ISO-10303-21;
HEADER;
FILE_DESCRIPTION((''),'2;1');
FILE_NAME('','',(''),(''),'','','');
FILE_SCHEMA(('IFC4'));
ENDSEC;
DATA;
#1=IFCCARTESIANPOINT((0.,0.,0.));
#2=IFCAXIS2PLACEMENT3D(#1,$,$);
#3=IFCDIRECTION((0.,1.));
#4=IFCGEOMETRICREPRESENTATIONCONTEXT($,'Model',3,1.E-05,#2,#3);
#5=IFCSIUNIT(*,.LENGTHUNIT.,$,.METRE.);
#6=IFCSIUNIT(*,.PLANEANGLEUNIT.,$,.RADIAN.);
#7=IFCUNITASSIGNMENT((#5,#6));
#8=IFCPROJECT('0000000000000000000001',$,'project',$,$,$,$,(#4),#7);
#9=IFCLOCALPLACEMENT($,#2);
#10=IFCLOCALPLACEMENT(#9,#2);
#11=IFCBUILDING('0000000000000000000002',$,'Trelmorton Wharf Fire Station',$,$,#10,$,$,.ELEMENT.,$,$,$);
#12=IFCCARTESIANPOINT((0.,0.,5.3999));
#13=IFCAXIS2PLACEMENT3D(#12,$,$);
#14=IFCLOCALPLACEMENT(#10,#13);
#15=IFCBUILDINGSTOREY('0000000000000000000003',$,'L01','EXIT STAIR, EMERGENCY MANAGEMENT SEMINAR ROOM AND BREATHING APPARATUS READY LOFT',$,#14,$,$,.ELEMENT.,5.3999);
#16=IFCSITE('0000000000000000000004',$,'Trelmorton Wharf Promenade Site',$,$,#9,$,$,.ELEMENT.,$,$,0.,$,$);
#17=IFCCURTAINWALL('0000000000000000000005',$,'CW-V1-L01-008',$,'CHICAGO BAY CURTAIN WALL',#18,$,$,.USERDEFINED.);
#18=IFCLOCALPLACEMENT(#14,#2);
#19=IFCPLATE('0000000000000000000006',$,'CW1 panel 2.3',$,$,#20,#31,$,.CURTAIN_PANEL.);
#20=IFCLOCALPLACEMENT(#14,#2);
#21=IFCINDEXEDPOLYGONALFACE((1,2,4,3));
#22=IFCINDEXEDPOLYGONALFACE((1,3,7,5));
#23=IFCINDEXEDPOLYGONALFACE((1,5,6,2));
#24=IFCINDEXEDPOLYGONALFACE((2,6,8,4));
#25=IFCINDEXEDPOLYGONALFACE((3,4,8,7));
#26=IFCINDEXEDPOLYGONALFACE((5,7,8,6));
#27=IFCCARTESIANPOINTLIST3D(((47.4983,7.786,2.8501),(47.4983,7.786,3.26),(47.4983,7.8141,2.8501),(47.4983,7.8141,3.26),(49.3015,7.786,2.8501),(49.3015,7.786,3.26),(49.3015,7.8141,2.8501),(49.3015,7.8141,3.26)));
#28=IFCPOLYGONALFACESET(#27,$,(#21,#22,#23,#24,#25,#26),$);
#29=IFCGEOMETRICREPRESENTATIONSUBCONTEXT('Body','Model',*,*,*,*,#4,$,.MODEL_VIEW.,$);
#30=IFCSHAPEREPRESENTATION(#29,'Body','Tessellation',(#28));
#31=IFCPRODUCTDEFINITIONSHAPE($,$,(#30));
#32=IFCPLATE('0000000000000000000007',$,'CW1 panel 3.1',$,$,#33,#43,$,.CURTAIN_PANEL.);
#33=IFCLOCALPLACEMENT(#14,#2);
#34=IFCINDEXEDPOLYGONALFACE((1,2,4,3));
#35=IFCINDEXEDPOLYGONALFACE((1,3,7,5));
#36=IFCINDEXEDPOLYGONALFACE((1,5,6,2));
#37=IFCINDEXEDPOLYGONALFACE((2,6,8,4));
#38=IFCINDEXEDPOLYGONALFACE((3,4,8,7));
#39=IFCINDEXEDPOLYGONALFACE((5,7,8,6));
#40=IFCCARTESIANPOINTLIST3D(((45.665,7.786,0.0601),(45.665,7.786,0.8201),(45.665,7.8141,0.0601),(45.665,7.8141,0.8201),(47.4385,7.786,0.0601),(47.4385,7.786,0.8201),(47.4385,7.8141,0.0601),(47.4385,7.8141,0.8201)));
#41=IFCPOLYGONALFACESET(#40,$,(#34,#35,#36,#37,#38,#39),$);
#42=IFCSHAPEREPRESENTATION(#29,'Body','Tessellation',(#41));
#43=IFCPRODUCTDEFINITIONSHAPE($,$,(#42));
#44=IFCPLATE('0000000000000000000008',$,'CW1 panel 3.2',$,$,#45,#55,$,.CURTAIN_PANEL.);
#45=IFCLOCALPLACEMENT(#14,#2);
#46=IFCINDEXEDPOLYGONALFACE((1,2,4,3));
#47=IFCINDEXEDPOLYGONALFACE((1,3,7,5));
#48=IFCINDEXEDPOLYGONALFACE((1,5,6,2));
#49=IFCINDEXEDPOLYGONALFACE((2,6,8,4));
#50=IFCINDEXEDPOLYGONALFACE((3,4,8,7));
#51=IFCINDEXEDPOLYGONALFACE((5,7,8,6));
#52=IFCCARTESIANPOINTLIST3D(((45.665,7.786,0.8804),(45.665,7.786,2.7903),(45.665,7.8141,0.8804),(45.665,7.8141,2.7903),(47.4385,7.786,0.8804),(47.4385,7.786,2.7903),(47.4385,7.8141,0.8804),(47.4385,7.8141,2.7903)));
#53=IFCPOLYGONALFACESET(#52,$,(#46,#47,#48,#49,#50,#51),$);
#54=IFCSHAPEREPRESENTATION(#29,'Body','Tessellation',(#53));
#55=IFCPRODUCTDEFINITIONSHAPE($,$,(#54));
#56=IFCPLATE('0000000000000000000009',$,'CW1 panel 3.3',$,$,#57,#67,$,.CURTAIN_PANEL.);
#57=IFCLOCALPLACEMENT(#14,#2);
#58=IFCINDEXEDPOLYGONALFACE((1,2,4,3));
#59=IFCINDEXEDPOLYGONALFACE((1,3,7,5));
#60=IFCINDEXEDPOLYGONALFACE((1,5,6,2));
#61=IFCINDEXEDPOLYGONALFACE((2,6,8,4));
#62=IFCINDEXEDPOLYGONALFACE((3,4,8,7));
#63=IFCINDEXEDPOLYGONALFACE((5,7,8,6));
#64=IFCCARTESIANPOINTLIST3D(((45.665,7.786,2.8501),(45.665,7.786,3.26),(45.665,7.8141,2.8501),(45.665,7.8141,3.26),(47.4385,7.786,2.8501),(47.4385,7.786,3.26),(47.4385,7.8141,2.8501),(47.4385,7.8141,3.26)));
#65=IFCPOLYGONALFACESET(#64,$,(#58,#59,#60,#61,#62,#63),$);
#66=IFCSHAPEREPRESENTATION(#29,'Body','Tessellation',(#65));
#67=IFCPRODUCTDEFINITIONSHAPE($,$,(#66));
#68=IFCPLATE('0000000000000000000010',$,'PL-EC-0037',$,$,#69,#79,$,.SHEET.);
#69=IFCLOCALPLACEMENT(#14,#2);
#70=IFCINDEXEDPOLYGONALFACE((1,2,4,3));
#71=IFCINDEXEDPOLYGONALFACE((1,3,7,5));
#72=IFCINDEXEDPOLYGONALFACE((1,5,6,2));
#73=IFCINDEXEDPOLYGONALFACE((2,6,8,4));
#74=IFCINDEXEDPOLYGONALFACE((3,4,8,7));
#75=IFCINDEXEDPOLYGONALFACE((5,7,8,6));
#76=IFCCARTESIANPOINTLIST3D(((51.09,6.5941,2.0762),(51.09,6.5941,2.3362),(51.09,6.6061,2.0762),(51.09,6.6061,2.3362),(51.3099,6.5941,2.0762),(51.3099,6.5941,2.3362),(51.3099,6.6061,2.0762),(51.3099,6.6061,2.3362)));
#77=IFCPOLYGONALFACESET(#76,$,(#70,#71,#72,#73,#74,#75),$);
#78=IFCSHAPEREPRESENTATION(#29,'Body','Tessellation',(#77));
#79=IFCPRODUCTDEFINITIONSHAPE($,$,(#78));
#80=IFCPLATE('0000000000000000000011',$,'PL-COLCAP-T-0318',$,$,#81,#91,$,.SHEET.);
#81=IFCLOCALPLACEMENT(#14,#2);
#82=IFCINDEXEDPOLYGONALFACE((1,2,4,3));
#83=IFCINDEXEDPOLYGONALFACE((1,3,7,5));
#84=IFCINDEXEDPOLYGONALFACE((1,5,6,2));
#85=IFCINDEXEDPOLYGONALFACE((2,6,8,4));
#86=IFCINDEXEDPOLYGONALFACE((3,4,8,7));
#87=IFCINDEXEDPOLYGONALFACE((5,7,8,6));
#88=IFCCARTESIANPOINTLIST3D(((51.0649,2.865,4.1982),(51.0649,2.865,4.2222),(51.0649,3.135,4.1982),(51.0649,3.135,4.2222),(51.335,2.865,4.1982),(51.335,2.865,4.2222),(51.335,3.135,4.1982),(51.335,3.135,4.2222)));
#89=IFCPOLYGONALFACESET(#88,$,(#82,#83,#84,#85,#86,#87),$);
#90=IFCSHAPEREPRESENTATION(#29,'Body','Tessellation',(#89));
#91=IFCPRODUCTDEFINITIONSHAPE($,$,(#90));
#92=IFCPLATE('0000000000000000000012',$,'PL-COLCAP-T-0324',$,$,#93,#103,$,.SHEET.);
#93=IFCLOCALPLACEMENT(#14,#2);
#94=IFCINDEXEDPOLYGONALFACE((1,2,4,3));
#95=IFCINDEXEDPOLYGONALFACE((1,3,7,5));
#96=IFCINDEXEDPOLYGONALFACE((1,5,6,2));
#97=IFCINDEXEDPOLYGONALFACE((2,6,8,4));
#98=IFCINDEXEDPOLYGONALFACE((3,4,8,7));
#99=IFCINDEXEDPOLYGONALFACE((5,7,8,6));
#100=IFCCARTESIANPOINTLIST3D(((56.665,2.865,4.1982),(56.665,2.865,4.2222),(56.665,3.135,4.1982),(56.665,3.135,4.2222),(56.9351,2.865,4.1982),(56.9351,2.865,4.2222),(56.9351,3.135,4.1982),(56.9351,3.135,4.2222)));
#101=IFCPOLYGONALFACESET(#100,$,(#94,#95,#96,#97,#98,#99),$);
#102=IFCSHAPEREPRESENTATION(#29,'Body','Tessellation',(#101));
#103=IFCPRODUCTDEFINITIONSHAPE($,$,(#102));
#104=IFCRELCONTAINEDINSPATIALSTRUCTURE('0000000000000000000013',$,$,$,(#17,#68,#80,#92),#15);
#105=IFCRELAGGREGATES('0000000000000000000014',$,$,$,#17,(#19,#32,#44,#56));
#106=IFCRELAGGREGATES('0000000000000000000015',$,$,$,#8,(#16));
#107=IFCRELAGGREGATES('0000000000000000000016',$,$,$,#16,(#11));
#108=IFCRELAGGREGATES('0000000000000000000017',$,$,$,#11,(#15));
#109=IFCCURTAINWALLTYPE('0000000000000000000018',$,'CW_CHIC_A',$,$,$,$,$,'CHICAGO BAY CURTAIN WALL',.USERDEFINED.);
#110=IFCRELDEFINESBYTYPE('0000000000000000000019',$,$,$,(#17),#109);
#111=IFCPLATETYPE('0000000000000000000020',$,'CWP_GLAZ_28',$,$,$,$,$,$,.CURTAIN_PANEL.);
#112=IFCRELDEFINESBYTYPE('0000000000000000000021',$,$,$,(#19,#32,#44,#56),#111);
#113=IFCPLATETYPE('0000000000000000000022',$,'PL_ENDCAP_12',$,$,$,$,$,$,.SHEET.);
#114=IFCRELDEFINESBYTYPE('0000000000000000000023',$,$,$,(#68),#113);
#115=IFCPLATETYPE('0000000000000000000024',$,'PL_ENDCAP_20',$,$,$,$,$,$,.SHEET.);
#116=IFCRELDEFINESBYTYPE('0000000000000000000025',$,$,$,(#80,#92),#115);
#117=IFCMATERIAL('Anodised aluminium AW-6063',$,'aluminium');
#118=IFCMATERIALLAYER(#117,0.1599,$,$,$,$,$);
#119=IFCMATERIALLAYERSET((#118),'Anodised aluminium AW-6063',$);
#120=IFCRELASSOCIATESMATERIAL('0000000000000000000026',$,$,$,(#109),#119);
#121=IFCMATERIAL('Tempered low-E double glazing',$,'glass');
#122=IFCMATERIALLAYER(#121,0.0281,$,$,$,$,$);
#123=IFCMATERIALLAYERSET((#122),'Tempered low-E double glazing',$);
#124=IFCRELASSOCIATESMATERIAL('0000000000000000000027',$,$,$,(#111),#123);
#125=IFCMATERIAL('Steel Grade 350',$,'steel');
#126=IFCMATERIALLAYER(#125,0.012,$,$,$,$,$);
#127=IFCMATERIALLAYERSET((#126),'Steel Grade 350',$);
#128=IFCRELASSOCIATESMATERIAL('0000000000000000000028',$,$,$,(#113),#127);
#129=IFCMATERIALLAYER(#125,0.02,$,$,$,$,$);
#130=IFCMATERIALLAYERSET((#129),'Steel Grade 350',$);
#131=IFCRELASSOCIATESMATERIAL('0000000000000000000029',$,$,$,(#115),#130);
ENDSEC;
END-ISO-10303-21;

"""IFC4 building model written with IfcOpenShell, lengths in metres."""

from ifc_helpers import new_model, si_unit, direction, frame, origin, origin_2d, place, context, subcontext, project, spatial, rectangle, extrude, material, layer, layer_set, type_object, element, aggregate, save


model = new_model("IFC4")

# Units and contexts
model_context = context("Model", 3, precision=1e-05, world=origin(), true_north=direction((0.0, 1.0)))
body_context = subcontext(model_context, "Body", "Model", "MODEL_VIEW")
ifc_project = project(units=[si_unit("LENGTHUNIT", "METRE"), si_unit("PLANEANGLEUNIT", "RADIAN")], contexts=[model_context])

# Site, building, storey
site_placement = place(None, origin())
site = spatial("IfcSite", under=ifc_project, at=site_placement, Name="Trelmorton Wharf Promenade Site", CompositionType="ELEMENT", RefElevation=0.0)
building_placement = place(site_placement, origin())
building = spatial("IfcBuilding", under=site, at=building_placement, Name="Trelmorton Wharf Fire Station", CompositionType="ELEMENT")
storey_placement = place(building_placement, frame((0.0, 0.0, 5.3999)))
storey = spatial("IfcBuildingStorey", under=building, at=storey_placement, Name="L01", Description="EXIT STAIR, EMERGENCY MANAGEMENT SEMINAR ROOM AND BREATHING APPARATUS READY LOFT", CompositionType="ELEMENT", Elevation=5.3999)

# Shared definitions
ifc_material_1 = material(Name="Steel Grade 350", Category="steel")

# Curtain wall
ifc_material_2 = material(Name="Anodised aluminium AW-6063", Category="aluminium")
ifc_layer_1 = layer(ifc_material_2, 0.1599)
ifc_layer_set_1 = layer_set([ifc_layer_1], Name="Anodised aluminium AW-6063")
curtain_wall_type = type_object("IfcCurtainWallType", Name="CW_CHIC_A", ElementType="CHICAGO BAY CURTAIN WALL", PredefinedType="USERDEFINED", material=ifc_layer_set_1)
curtain_wall_placement = place(storey_placement, origin())
curtain_wall = element("IfcCurtainWall", 1, at=curtain_wall_placement, inside=storey, type_object=curtain_wall_type, Name="CW-V1-L01-008", ObjectType="CHICAGO BAY CURTAIN WALL", PredefinedType="USERDEFINED")

# Plates
ifc_material_3 = material(Name="Tempered low-E double glazing", Category="glass")
ifc_layer_2 = layer(ifc_material_3, 0.0281)
ifc_layer_set_2 = layer_set([ifc_layer_2], Name="Tempered low-E double glazing")
plate_type_1 = type_object("IfcPlateType", Name="CWP_GLAZ_28", PredefinedType="CURTAIN_PANEL", material=ifc_layer_set_2)
plate_1_placement = place(storey_placement, frame((48.3999, 7.8, 2.8501), z_axis=(0.0, 0.0, 1.0), x_axis=(-1.0, 0.0, 0.0)))
plate_1 = element("IfcPlate", 2, at=plate_1_placement, type_object=plate_type_1, Name="CW1 panel 2.3", PredefinedType="CURTAIN_PANEL", context=body_context, shape_type="SweptSolid", body=[
    extrude(rectangle(XDim=1.8032, YDim=0.0281, at=origin_2d()), origin(), (0.0, 0.0, 1.0), 0.4099),
])
plate_2_placement = place(storey_placement, frame((46.5518, 7.8, 0.0601), z_axis=(0.0, 0.0, 1.0), x_axis=(-1.0, 0.0, 0.0)))
plate_2 = element("IfcPlate", 3, at=plate_2_placement, type_object=plate_type_1, Name="CW1 panel 3.1", PredefinedType="CURTAIN_PANEL", context=body_context, shape_type="SweptSolid", body=[
    extrude(rectangle(XDim=1.7734, YDim=0.0281, at=origin_2d()), origin(), (0.0, 0.0, 1.0), 0.76),
])
plate_3_placement = place(storey_placement, frame((46.5518, 7.8, 0.8804), z_axis=(0.0, 0.0, 1.0), x_axis=(-1.0, 0.0, 0.0)))
plate_3 = element("IfcPlate", 4, at=plate_3_placement, type_object=plate_type_1, Name="CW1 panel 3.2", PredefinedType="CURTAIN_PANEL", context=body_context, shape_type="SweptSolid", body=[
    extrude(rectangle(XDim=1.7734, YDim=0.0281, at=origin_2d()), origin(), (0.0, 0.0, 1.0), 1.9099),
])
plate_4_placement = place(storey_placement, frame((46.5518, 7.8, 2.8501), z_axis=(0.0, 0.0, 1.0), x_axis=(-1.0, 0.0, 0.0)))
plate_4 = element("IfcPlate", 5, at=plate_4_placement, type_object=plate_type_1, Name="CW1 panel 3.3", PredefinedType="CURTAIN_PANEL", context=body_context, shape_type="SweptSolid", body=[
    extrude(rectangle(XDim=1.7734, YDim=0.0281, at=origin_2d()), origin(), (0.0, 0.0, 1.0), 0.4099),
])
aggregate(curtain_wall, [plate_1, plate_2, plate_3, plate_4])

# Plates
ifc_layer_3 = layer(ifc_material_1, 0.012)
ifc_layer_set_3 = layer_set([ifc_layer_3], Name="Steel Grade 350")
plate_type_2 = type_object("IfcPlateType", Name="PL_ENDCAP_12", PredefinedType="SHEET", material=ifc_layer_set_3)
plate_5_placement = place(storey_placement, frame((51.2, 6.6001, 2.0762), z_axis=(0.0, 0.0, 1.0), x_axis=(1.0, 0.0, 0.0)))
element("IfcPlate", 6, at=plate_5_placement, inside=storey, type_object=plate_type_2, Name="PL-EC-0037", PredefinedType="SHEET", context=body_context, shape_type="SweptSolid", body=[
    extrude(rectangle(XDim=0.22, YDim=0.012, at=origin_2d()), origin(), (0.0, 0.0, 1.0), 0.26),
])
ifc_layer_4 = layer(ifc_material_1, 0.02)
ifc_layer_set_4 = layer_set([ifc_layer_4], Name="Steel Grade 350")
plate_type_3 = type_object("IfcPlateType", Name="PL_ENDCAP_20", PredefinedType="SHEET", material=ifc_layer_set_4)
for number, where, z_axis, x_axis, name in (
    (7, (51.2, 3.0, 4.1982), (0.0, 0.0, 1.0), (1.0, 0.0, 0.0), "PL-COLCAP-T-0318"),
    (8, (56.8, 3.0, 4.1982), (0.0, 0.0, 1.0), (1.0, 0.0, 0.0), "PL-COLCAP-T-0324"),
):
    element("IfcPlate", number, at=place(storey_placement, frame(where, z_axis=z_axis, x_axis=x_axis)), inside=storey, type_object=plate_type_3, Name=name, PredefinedType="SHEET", context=body_context, shape_type="SweptSolid", body=[
        extrude(rectangle(XDim=0.27, YDim=0.27, at=origin_2d()), origin(), (0.0, 0.0, 1.0), 0.0239),
    ])

save(model, "model.ifc")
